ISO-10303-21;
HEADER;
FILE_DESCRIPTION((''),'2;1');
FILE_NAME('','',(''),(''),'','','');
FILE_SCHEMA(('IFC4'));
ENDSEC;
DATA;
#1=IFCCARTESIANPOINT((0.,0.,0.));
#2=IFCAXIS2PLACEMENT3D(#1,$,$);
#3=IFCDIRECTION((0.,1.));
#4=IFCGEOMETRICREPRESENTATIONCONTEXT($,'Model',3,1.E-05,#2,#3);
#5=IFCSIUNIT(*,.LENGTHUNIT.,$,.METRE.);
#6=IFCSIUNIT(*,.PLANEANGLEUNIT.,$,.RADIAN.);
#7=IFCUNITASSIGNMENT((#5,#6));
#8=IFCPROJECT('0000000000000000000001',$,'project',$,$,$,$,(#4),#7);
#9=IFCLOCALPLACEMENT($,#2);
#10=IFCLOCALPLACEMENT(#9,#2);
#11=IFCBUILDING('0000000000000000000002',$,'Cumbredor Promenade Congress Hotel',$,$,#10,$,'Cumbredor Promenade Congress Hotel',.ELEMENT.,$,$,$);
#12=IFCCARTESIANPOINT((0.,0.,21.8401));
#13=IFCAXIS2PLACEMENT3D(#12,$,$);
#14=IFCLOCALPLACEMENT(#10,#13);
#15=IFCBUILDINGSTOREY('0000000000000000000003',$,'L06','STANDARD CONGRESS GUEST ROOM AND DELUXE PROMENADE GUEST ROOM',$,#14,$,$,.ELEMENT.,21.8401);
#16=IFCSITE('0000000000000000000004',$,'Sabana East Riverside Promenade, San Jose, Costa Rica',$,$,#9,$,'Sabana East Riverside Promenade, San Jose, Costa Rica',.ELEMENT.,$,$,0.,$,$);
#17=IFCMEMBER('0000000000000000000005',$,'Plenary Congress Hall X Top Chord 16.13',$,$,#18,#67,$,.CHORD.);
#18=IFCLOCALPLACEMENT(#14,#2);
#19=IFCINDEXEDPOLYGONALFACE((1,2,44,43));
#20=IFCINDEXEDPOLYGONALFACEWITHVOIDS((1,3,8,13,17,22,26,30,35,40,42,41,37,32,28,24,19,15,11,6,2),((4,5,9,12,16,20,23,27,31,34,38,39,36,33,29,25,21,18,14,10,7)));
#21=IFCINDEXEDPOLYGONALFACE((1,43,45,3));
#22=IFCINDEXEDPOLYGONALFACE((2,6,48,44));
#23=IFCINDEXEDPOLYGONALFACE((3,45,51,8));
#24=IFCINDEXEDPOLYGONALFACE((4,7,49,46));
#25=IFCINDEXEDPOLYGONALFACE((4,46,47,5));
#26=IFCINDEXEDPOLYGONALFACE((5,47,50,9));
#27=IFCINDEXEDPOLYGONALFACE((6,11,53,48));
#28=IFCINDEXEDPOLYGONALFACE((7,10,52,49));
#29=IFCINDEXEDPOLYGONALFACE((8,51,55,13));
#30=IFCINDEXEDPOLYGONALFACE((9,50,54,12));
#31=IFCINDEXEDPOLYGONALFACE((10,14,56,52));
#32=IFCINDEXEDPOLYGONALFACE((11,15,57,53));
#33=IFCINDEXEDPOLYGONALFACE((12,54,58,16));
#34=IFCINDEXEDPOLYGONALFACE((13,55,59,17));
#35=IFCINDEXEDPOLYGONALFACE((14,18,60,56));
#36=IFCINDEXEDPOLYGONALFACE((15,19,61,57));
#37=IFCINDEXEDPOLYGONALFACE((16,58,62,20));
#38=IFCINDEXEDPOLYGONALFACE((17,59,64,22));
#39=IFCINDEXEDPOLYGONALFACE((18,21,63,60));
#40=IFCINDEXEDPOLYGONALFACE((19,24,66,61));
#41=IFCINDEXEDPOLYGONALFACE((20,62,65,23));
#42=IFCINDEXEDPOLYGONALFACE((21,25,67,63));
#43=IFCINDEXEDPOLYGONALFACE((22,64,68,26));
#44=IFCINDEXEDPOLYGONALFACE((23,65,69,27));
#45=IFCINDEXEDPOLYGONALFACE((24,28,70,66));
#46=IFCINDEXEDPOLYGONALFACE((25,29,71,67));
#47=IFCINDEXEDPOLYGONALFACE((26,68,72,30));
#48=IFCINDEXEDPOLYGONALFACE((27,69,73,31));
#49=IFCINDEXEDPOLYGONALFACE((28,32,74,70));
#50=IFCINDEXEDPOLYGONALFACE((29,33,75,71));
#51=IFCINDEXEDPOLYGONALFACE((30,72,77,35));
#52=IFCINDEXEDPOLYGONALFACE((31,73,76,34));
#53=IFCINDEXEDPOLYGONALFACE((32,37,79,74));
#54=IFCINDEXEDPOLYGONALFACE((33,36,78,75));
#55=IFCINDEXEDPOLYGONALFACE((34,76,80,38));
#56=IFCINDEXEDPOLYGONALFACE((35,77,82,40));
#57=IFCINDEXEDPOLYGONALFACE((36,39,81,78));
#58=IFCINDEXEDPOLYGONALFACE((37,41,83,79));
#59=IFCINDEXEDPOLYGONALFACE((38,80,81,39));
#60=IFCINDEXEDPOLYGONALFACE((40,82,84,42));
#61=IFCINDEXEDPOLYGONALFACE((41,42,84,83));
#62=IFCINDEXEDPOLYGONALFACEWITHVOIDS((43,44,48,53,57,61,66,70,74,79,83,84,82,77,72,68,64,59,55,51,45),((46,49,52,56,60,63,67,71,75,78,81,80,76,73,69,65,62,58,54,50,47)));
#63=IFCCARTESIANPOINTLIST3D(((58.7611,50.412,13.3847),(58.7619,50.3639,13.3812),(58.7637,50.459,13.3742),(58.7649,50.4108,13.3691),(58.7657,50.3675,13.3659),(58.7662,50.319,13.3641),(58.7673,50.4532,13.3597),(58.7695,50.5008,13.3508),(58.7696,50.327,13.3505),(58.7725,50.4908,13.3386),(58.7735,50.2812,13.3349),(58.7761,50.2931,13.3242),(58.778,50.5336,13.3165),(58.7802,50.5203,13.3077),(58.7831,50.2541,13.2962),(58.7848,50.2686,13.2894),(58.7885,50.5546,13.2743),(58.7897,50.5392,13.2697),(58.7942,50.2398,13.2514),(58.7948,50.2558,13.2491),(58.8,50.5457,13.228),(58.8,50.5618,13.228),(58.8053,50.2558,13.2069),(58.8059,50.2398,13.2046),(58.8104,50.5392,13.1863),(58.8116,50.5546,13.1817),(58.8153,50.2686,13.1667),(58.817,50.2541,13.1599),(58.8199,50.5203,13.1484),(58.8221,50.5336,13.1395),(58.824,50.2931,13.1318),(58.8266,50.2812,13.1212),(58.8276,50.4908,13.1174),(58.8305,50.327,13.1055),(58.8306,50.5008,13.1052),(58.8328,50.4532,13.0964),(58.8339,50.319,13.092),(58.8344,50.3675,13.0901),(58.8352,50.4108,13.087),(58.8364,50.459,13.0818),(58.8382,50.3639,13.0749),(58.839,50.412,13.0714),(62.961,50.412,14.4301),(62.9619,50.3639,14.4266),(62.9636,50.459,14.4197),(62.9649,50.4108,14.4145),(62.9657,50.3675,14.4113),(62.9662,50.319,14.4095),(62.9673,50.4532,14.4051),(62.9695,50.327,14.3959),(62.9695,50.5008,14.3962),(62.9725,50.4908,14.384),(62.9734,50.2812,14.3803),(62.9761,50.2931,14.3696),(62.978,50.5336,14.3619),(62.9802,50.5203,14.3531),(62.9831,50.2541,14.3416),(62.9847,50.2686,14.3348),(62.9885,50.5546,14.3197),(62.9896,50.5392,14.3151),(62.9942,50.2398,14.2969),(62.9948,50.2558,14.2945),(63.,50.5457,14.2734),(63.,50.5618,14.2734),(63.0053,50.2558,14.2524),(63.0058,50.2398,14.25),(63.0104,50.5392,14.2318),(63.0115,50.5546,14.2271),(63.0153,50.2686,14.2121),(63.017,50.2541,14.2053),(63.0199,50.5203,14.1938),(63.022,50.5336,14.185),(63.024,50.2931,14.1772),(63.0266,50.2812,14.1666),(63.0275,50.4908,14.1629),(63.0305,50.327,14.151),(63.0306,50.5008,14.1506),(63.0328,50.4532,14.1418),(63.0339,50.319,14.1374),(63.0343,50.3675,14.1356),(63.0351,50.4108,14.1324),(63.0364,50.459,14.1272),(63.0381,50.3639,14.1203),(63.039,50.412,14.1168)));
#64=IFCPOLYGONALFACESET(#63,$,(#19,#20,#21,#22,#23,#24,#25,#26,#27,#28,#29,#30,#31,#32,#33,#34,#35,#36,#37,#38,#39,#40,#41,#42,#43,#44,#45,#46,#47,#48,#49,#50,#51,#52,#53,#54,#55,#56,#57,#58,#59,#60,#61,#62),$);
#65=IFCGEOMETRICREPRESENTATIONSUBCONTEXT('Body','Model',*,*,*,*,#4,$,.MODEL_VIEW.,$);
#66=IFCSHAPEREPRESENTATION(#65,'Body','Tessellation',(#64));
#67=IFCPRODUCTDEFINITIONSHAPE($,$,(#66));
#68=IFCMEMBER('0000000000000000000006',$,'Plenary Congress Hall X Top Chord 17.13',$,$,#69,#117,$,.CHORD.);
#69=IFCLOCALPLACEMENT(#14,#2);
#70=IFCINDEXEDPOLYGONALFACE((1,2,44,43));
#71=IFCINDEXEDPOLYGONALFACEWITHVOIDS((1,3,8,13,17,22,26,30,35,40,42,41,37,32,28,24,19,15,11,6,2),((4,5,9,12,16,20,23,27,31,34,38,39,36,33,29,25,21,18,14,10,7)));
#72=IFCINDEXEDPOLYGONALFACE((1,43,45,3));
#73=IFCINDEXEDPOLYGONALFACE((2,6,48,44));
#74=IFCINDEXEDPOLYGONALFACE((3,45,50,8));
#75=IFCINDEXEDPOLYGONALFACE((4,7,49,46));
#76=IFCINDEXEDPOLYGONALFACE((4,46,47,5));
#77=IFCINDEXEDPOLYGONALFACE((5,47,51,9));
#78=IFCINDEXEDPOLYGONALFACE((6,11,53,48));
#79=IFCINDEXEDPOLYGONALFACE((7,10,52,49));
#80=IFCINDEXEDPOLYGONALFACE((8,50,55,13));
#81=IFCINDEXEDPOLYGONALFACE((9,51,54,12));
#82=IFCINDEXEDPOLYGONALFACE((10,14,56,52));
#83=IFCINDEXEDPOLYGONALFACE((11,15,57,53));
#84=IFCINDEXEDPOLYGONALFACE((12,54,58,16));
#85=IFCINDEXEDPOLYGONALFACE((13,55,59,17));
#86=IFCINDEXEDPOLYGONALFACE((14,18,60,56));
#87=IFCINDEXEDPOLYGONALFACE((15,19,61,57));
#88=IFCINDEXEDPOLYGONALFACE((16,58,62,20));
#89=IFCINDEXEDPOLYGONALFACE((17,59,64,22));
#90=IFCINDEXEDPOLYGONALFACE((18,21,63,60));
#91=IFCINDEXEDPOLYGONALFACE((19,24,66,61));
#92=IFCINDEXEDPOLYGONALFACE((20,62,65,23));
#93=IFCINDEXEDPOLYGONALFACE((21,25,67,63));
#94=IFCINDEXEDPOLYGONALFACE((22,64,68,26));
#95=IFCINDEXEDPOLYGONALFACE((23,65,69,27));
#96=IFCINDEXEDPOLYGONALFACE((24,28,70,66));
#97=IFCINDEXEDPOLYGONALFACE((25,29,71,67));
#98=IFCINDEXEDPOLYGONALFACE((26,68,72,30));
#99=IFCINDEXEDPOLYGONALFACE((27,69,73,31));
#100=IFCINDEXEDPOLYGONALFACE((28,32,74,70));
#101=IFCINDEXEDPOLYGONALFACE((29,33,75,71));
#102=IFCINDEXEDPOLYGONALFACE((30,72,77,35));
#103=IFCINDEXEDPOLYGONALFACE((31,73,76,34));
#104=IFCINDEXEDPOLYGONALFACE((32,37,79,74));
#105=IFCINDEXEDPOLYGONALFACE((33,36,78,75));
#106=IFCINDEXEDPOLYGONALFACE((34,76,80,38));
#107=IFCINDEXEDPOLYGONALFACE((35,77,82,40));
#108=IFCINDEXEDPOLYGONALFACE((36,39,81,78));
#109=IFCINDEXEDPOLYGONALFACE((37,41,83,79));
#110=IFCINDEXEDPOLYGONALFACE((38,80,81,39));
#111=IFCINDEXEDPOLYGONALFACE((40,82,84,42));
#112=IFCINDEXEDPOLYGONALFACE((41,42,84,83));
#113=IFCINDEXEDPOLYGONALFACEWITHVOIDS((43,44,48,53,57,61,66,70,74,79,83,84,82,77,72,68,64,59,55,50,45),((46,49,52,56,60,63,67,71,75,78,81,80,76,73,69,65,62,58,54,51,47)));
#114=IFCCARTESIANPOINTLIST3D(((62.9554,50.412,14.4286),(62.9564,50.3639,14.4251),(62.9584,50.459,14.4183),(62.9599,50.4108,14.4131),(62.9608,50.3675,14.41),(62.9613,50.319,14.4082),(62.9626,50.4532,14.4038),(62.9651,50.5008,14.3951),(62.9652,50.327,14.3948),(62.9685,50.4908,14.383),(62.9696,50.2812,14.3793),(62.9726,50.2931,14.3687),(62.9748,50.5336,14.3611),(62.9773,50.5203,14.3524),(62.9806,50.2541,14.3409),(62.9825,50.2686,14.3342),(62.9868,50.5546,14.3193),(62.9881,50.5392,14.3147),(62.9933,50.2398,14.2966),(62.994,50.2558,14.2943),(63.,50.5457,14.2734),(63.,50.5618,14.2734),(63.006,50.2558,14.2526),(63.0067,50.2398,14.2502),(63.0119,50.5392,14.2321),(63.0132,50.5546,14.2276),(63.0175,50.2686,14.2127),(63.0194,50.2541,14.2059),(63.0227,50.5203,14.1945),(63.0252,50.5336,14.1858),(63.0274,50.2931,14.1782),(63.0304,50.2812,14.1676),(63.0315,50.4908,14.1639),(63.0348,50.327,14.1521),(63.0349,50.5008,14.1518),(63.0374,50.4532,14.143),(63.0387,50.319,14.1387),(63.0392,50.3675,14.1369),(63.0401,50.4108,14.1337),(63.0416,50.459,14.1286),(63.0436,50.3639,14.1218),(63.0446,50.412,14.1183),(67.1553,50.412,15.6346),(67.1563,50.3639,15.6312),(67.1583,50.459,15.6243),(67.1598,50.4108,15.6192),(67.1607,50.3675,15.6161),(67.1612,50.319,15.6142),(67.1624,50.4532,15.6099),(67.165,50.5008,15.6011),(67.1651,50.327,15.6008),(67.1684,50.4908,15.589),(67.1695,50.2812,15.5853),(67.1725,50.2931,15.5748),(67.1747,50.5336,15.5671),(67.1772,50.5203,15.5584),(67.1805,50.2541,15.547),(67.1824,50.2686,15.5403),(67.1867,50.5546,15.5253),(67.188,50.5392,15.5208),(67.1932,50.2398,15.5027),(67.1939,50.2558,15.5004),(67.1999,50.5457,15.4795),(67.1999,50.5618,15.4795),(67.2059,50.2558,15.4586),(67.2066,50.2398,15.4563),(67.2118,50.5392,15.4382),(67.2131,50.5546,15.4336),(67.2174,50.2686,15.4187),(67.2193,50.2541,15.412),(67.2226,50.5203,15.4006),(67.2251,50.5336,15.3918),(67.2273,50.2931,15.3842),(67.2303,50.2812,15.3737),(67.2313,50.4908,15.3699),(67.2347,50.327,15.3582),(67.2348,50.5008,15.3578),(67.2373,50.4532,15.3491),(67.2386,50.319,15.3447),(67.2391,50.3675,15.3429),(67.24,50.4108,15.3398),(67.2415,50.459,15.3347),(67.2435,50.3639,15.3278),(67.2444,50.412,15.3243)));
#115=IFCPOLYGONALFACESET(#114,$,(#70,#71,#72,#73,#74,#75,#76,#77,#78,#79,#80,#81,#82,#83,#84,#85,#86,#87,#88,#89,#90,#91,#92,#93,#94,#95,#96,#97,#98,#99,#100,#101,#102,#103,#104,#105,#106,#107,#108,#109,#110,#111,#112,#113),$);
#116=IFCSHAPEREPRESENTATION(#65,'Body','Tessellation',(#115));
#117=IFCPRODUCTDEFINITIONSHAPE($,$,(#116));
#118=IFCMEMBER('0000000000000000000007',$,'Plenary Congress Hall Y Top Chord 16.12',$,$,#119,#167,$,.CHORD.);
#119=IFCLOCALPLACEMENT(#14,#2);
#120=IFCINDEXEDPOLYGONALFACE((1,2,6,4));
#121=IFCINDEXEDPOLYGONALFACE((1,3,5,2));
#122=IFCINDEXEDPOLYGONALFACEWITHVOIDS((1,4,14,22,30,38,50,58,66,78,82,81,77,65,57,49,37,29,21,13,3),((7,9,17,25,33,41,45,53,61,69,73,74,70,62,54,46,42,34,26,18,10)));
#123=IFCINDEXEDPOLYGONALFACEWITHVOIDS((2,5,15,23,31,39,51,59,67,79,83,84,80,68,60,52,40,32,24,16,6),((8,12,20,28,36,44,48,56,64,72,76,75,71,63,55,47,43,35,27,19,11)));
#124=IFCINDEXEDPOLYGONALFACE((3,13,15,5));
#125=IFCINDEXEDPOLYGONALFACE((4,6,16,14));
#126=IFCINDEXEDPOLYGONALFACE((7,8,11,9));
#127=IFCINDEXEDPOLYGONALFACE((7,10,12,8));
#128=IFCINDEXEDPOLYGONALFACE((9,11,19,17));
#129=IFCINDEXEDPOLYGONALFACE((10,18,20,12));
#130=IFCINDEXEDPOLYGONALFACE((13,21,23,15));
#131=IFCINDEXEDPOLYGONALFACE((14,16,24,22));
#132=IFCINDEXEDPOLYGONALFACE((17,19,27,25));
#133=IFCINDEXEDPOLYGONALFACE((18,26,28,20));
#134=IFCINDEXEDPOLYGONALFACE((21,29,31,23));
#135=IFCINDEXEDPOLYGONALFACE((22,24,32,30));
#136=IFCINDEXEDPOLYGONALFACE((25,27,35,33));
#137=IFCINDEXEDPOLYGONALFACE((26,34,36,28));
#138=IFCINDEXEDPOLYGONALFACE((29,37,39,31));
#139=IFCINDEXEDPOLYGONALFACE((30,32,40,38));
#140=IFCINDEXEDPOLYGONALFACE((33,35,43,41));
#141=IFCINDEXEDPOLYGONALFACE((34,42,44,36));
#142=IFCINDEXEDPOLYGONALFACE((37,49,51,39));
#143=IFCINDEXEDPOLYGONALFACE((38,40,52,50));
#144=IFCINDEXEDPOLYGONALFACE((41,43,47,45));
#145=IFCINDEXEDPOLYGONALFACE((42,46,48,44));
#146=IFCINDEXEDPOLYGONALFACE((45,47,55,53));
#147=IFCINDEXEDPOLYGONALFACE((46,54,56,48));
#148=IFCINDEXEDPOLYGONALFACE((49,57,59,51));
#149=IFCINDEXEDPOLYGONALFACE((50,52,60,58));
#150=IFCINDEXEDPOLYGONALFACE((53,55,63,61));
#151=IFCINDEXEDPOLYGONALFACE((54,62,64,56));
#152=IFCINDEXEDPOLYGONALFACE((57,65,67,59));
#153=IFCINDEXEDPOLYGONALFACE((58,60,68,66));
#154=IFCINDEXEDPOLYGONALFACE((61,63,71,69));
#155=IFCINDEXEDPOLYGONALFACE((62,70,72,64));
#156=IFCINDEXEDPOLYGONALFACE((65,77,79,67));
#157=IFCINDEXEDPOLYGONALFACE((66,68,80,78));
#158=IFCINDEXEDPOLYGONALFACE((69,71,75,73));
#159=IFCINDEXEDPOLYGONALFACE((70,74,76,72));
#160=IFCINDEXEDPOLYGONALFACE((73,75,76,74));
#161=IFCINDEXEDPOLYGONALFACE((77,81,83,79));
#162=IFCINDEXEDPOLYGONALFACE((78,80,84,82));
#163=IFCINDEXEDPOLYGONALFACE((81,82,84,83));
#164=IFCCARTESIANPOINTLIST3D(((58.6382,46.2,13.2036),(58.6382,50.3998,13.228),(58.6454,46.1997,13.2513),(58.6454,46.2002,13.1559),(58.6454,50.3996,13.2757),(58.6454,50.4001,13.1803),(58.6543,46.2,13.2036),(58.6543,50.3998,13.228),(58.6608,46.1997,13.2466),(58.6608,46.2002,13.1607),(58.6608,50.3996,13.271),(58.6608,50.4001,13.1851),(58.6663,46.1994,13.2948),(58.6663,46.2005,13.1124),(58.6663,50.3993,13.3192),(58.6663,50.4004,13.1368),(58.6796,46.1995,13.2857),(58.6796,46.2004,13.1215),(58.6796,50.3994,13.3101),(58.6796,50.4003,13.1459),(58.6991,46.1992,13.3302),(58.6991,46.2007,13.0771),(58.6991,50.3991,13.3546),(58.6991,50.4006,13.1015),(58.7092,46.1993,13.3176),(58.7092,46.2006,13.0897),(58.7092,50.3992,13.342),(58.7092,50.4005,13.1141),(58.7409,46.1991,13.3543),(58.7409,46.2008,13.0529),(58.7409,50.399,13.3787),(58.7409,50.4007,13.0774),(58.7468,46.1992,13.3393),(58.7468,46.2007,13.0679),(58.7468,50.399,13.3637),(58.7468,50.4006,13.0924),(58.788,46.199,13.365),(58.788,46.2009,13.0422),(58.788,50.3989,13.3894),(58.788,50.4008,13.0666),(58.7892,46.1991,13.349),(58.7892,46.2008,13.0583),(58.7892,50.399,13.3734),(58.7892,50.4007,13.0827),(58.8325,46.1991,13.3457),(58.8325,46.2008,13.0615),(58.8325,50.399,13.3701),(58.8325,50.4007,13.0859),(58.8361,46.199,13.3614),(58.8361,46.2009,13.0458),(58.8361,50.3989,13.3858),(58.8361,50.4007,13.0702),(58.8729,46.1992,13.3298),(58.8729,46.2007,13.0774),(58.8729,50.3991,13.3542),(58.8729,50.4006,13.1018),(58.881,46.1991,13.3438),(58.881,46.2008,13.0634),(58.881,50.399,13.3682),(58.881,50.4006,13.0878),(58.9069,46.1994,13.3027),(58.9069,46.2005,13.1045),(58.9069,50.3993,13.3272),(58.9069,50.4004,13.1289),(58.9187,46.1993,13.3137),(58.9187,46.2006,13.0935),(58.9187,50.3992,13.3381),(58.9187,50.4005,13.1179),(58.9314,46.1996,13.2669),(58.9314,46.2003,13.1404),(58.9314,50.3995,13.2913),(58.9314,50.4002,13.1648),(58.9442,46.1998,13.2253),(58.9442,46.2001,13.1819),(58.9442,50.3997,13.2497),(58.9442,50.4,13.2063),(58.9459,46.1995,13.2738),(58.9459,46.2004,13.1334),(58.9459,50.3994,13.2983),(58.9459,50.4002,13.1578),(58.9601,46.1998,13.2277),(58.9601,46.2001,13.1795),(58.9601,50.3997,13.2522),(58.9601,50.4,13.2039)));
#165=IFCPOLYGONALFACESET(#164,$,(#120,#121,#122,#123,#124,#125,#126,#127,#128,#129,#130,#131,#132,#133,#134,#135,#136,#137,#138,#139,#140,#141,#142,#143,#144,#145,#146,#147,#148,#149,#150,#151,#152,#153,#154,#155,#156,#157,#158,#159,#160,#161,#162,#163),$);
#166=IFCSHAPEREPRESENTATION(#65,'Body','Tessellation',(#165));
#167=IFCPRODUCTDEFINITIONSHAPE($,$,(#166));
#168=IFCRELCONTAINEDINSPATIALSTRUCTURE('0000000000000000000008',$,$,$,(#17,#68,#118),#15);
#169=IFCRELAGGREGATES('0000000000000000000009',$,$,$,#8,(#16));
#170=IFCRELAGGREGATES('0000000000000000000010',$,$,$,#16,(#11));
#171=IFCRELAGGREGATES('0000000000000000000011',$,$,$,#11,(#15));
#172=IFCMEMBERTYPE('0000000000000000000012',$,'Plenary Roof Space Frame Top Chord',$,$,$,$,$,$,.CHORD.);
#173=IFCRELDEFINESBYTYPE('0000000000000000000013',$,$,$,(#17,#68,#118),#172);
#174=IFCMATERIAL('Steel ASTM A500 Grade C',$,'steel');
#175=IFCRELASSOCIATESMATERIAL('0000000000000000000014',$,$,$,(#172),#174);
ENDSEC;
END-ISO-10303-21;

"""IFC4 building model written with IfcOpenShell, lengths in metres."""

from ifc_helpers import new_model, si_unit, direction, frame, origin, origin_2d, place, context, subcontext, project, spatial, hollow_circle, extrude, material, material_profile, profile_set, type_object, element, save


model = new_model("IFC4")

# Units and contexts
model_context = context("Model", 3, precision=1e-05, world=origin(), true_north=direction((0.0, 1.0)))
body_context = subcontext(model_context, "Body", "Model", "MODEL_VIEW")
ifc_project = project(units=[si_unit("LENGTHUNIT", "METRE"), si_unit("PLANEANGLEUNIT", "RADIAN")], contexts=[model_context])

# Site, building, storey
site_placement = place(None, origin())
site = spatial("IfcSite", under=ifc_project, at=site_placement, Name="Sabana East Riverside Promenade, San Jose, Costa Rica", LongName="Sabana East Riverside Promenade, San Jose, Costa Rica", CompositionType="ELEMENT", RefElevation=0.0)
building_placement = place(site_placement, origin())
building = spatial("IfcBuilding", under=site, at=building_placement, Name="Cumbredor Promenade Congress Hotel", LongName="Cumbredor Promenade Congress Hotel", CompositionType="ELEMENT")
storey_placement = place(building_placement, frame((0.0, 0.0, 21.8401)))
storey = spatial("IfcBuildingStorey", under=building, at=storey_placement, Name="L06", Description="STANDARD CONGRESS GUEST ROOM AND DELUXE PROMENADE GUEST ROOM", CompositionType="ELEMENT", Elevation=21.8401)

# Members
ifc_material_1 = material(Name="Steel ASTM A500 Grade C", Category="steel")
ifc_material_profile_1 = material_profile(ifc_material_1, hollow_circle(Radius=0.1619, WallThickness=0.0161, at=origin_2d()), Name="CHS 323.9x16")
ifc_profile_set_1 = profile_set([ifc_material_profile_1], Name="Steel ASTM A500 Grade C")
member_type_1 = type_object("IfcMemberType", Name="Plenary Roof Space Frame Top Chord", PredefinedType="CHORD", material=ifc_profile_set_1)
member_1_placement = place(storey_placement, frame((58.8, 50.3999, 13.228), z_axis=(0.970391, 0.0, 0.24154), x_axis=(0.0, 1.0, 0.0)))
element("IfcMember", 1, at=member_1_placement, inside=storey, type_object=member_type_1, Name="Plenary Congress Hall X Top Chord 16.13", PredefinedType="CHORD", context=body_context, shape_type="SweptSolid", body=[
    extrude(hollow_circle(Radius=0.1619, WallThickness=0.0161, at=origin_2d()), origin(), (0.0, 0.0, 1.0), 4.3281),
])
member_2_placement = place(storey_placement, frame((63.0, 50.3999, 14.2734), z_axis=(0.961156, 0.0, 0.276005), x_axis=(0.0, 1.0, 0.0)))
element("IfcMember", 2, at=member_2_placement, inside=storey, type_object=member_type_1, Name="Plenary Congress Hall X Top Chord 17.13", PredefinedType="CHORD", context=body_context, shape_type="SweptSolid", body=[
    extrude(hollow_circle(Radius=0.1619, WallThickness=0.0161, at=origin_2d()), origin(), (0.0, 0.0, 1.0), 4.3696),
])
member_3_placement = place(storey_placement, frame((58.8, 46.2, 13.2036), z_axis=(0.0, 0.999983, 0.005813), x_axis=(-1.0, 0.0, 0.0)))
element("IfcMember", 3, at=member_3_placement, inside=storey, type_object=member_type_1, Name="Plenary Congress Hall Y Top Chord 16.12", PredefinedType="CHORD", context=body_context, shape_type="SweptSolid", body=[
    extrude(hollow_circle(Radius=0.1619, WallThickness=0.0161, at=origin_2d()), origin(), (0.0, 0.0, 1.0), 4.2),
])

save(model, "model.ifc")
